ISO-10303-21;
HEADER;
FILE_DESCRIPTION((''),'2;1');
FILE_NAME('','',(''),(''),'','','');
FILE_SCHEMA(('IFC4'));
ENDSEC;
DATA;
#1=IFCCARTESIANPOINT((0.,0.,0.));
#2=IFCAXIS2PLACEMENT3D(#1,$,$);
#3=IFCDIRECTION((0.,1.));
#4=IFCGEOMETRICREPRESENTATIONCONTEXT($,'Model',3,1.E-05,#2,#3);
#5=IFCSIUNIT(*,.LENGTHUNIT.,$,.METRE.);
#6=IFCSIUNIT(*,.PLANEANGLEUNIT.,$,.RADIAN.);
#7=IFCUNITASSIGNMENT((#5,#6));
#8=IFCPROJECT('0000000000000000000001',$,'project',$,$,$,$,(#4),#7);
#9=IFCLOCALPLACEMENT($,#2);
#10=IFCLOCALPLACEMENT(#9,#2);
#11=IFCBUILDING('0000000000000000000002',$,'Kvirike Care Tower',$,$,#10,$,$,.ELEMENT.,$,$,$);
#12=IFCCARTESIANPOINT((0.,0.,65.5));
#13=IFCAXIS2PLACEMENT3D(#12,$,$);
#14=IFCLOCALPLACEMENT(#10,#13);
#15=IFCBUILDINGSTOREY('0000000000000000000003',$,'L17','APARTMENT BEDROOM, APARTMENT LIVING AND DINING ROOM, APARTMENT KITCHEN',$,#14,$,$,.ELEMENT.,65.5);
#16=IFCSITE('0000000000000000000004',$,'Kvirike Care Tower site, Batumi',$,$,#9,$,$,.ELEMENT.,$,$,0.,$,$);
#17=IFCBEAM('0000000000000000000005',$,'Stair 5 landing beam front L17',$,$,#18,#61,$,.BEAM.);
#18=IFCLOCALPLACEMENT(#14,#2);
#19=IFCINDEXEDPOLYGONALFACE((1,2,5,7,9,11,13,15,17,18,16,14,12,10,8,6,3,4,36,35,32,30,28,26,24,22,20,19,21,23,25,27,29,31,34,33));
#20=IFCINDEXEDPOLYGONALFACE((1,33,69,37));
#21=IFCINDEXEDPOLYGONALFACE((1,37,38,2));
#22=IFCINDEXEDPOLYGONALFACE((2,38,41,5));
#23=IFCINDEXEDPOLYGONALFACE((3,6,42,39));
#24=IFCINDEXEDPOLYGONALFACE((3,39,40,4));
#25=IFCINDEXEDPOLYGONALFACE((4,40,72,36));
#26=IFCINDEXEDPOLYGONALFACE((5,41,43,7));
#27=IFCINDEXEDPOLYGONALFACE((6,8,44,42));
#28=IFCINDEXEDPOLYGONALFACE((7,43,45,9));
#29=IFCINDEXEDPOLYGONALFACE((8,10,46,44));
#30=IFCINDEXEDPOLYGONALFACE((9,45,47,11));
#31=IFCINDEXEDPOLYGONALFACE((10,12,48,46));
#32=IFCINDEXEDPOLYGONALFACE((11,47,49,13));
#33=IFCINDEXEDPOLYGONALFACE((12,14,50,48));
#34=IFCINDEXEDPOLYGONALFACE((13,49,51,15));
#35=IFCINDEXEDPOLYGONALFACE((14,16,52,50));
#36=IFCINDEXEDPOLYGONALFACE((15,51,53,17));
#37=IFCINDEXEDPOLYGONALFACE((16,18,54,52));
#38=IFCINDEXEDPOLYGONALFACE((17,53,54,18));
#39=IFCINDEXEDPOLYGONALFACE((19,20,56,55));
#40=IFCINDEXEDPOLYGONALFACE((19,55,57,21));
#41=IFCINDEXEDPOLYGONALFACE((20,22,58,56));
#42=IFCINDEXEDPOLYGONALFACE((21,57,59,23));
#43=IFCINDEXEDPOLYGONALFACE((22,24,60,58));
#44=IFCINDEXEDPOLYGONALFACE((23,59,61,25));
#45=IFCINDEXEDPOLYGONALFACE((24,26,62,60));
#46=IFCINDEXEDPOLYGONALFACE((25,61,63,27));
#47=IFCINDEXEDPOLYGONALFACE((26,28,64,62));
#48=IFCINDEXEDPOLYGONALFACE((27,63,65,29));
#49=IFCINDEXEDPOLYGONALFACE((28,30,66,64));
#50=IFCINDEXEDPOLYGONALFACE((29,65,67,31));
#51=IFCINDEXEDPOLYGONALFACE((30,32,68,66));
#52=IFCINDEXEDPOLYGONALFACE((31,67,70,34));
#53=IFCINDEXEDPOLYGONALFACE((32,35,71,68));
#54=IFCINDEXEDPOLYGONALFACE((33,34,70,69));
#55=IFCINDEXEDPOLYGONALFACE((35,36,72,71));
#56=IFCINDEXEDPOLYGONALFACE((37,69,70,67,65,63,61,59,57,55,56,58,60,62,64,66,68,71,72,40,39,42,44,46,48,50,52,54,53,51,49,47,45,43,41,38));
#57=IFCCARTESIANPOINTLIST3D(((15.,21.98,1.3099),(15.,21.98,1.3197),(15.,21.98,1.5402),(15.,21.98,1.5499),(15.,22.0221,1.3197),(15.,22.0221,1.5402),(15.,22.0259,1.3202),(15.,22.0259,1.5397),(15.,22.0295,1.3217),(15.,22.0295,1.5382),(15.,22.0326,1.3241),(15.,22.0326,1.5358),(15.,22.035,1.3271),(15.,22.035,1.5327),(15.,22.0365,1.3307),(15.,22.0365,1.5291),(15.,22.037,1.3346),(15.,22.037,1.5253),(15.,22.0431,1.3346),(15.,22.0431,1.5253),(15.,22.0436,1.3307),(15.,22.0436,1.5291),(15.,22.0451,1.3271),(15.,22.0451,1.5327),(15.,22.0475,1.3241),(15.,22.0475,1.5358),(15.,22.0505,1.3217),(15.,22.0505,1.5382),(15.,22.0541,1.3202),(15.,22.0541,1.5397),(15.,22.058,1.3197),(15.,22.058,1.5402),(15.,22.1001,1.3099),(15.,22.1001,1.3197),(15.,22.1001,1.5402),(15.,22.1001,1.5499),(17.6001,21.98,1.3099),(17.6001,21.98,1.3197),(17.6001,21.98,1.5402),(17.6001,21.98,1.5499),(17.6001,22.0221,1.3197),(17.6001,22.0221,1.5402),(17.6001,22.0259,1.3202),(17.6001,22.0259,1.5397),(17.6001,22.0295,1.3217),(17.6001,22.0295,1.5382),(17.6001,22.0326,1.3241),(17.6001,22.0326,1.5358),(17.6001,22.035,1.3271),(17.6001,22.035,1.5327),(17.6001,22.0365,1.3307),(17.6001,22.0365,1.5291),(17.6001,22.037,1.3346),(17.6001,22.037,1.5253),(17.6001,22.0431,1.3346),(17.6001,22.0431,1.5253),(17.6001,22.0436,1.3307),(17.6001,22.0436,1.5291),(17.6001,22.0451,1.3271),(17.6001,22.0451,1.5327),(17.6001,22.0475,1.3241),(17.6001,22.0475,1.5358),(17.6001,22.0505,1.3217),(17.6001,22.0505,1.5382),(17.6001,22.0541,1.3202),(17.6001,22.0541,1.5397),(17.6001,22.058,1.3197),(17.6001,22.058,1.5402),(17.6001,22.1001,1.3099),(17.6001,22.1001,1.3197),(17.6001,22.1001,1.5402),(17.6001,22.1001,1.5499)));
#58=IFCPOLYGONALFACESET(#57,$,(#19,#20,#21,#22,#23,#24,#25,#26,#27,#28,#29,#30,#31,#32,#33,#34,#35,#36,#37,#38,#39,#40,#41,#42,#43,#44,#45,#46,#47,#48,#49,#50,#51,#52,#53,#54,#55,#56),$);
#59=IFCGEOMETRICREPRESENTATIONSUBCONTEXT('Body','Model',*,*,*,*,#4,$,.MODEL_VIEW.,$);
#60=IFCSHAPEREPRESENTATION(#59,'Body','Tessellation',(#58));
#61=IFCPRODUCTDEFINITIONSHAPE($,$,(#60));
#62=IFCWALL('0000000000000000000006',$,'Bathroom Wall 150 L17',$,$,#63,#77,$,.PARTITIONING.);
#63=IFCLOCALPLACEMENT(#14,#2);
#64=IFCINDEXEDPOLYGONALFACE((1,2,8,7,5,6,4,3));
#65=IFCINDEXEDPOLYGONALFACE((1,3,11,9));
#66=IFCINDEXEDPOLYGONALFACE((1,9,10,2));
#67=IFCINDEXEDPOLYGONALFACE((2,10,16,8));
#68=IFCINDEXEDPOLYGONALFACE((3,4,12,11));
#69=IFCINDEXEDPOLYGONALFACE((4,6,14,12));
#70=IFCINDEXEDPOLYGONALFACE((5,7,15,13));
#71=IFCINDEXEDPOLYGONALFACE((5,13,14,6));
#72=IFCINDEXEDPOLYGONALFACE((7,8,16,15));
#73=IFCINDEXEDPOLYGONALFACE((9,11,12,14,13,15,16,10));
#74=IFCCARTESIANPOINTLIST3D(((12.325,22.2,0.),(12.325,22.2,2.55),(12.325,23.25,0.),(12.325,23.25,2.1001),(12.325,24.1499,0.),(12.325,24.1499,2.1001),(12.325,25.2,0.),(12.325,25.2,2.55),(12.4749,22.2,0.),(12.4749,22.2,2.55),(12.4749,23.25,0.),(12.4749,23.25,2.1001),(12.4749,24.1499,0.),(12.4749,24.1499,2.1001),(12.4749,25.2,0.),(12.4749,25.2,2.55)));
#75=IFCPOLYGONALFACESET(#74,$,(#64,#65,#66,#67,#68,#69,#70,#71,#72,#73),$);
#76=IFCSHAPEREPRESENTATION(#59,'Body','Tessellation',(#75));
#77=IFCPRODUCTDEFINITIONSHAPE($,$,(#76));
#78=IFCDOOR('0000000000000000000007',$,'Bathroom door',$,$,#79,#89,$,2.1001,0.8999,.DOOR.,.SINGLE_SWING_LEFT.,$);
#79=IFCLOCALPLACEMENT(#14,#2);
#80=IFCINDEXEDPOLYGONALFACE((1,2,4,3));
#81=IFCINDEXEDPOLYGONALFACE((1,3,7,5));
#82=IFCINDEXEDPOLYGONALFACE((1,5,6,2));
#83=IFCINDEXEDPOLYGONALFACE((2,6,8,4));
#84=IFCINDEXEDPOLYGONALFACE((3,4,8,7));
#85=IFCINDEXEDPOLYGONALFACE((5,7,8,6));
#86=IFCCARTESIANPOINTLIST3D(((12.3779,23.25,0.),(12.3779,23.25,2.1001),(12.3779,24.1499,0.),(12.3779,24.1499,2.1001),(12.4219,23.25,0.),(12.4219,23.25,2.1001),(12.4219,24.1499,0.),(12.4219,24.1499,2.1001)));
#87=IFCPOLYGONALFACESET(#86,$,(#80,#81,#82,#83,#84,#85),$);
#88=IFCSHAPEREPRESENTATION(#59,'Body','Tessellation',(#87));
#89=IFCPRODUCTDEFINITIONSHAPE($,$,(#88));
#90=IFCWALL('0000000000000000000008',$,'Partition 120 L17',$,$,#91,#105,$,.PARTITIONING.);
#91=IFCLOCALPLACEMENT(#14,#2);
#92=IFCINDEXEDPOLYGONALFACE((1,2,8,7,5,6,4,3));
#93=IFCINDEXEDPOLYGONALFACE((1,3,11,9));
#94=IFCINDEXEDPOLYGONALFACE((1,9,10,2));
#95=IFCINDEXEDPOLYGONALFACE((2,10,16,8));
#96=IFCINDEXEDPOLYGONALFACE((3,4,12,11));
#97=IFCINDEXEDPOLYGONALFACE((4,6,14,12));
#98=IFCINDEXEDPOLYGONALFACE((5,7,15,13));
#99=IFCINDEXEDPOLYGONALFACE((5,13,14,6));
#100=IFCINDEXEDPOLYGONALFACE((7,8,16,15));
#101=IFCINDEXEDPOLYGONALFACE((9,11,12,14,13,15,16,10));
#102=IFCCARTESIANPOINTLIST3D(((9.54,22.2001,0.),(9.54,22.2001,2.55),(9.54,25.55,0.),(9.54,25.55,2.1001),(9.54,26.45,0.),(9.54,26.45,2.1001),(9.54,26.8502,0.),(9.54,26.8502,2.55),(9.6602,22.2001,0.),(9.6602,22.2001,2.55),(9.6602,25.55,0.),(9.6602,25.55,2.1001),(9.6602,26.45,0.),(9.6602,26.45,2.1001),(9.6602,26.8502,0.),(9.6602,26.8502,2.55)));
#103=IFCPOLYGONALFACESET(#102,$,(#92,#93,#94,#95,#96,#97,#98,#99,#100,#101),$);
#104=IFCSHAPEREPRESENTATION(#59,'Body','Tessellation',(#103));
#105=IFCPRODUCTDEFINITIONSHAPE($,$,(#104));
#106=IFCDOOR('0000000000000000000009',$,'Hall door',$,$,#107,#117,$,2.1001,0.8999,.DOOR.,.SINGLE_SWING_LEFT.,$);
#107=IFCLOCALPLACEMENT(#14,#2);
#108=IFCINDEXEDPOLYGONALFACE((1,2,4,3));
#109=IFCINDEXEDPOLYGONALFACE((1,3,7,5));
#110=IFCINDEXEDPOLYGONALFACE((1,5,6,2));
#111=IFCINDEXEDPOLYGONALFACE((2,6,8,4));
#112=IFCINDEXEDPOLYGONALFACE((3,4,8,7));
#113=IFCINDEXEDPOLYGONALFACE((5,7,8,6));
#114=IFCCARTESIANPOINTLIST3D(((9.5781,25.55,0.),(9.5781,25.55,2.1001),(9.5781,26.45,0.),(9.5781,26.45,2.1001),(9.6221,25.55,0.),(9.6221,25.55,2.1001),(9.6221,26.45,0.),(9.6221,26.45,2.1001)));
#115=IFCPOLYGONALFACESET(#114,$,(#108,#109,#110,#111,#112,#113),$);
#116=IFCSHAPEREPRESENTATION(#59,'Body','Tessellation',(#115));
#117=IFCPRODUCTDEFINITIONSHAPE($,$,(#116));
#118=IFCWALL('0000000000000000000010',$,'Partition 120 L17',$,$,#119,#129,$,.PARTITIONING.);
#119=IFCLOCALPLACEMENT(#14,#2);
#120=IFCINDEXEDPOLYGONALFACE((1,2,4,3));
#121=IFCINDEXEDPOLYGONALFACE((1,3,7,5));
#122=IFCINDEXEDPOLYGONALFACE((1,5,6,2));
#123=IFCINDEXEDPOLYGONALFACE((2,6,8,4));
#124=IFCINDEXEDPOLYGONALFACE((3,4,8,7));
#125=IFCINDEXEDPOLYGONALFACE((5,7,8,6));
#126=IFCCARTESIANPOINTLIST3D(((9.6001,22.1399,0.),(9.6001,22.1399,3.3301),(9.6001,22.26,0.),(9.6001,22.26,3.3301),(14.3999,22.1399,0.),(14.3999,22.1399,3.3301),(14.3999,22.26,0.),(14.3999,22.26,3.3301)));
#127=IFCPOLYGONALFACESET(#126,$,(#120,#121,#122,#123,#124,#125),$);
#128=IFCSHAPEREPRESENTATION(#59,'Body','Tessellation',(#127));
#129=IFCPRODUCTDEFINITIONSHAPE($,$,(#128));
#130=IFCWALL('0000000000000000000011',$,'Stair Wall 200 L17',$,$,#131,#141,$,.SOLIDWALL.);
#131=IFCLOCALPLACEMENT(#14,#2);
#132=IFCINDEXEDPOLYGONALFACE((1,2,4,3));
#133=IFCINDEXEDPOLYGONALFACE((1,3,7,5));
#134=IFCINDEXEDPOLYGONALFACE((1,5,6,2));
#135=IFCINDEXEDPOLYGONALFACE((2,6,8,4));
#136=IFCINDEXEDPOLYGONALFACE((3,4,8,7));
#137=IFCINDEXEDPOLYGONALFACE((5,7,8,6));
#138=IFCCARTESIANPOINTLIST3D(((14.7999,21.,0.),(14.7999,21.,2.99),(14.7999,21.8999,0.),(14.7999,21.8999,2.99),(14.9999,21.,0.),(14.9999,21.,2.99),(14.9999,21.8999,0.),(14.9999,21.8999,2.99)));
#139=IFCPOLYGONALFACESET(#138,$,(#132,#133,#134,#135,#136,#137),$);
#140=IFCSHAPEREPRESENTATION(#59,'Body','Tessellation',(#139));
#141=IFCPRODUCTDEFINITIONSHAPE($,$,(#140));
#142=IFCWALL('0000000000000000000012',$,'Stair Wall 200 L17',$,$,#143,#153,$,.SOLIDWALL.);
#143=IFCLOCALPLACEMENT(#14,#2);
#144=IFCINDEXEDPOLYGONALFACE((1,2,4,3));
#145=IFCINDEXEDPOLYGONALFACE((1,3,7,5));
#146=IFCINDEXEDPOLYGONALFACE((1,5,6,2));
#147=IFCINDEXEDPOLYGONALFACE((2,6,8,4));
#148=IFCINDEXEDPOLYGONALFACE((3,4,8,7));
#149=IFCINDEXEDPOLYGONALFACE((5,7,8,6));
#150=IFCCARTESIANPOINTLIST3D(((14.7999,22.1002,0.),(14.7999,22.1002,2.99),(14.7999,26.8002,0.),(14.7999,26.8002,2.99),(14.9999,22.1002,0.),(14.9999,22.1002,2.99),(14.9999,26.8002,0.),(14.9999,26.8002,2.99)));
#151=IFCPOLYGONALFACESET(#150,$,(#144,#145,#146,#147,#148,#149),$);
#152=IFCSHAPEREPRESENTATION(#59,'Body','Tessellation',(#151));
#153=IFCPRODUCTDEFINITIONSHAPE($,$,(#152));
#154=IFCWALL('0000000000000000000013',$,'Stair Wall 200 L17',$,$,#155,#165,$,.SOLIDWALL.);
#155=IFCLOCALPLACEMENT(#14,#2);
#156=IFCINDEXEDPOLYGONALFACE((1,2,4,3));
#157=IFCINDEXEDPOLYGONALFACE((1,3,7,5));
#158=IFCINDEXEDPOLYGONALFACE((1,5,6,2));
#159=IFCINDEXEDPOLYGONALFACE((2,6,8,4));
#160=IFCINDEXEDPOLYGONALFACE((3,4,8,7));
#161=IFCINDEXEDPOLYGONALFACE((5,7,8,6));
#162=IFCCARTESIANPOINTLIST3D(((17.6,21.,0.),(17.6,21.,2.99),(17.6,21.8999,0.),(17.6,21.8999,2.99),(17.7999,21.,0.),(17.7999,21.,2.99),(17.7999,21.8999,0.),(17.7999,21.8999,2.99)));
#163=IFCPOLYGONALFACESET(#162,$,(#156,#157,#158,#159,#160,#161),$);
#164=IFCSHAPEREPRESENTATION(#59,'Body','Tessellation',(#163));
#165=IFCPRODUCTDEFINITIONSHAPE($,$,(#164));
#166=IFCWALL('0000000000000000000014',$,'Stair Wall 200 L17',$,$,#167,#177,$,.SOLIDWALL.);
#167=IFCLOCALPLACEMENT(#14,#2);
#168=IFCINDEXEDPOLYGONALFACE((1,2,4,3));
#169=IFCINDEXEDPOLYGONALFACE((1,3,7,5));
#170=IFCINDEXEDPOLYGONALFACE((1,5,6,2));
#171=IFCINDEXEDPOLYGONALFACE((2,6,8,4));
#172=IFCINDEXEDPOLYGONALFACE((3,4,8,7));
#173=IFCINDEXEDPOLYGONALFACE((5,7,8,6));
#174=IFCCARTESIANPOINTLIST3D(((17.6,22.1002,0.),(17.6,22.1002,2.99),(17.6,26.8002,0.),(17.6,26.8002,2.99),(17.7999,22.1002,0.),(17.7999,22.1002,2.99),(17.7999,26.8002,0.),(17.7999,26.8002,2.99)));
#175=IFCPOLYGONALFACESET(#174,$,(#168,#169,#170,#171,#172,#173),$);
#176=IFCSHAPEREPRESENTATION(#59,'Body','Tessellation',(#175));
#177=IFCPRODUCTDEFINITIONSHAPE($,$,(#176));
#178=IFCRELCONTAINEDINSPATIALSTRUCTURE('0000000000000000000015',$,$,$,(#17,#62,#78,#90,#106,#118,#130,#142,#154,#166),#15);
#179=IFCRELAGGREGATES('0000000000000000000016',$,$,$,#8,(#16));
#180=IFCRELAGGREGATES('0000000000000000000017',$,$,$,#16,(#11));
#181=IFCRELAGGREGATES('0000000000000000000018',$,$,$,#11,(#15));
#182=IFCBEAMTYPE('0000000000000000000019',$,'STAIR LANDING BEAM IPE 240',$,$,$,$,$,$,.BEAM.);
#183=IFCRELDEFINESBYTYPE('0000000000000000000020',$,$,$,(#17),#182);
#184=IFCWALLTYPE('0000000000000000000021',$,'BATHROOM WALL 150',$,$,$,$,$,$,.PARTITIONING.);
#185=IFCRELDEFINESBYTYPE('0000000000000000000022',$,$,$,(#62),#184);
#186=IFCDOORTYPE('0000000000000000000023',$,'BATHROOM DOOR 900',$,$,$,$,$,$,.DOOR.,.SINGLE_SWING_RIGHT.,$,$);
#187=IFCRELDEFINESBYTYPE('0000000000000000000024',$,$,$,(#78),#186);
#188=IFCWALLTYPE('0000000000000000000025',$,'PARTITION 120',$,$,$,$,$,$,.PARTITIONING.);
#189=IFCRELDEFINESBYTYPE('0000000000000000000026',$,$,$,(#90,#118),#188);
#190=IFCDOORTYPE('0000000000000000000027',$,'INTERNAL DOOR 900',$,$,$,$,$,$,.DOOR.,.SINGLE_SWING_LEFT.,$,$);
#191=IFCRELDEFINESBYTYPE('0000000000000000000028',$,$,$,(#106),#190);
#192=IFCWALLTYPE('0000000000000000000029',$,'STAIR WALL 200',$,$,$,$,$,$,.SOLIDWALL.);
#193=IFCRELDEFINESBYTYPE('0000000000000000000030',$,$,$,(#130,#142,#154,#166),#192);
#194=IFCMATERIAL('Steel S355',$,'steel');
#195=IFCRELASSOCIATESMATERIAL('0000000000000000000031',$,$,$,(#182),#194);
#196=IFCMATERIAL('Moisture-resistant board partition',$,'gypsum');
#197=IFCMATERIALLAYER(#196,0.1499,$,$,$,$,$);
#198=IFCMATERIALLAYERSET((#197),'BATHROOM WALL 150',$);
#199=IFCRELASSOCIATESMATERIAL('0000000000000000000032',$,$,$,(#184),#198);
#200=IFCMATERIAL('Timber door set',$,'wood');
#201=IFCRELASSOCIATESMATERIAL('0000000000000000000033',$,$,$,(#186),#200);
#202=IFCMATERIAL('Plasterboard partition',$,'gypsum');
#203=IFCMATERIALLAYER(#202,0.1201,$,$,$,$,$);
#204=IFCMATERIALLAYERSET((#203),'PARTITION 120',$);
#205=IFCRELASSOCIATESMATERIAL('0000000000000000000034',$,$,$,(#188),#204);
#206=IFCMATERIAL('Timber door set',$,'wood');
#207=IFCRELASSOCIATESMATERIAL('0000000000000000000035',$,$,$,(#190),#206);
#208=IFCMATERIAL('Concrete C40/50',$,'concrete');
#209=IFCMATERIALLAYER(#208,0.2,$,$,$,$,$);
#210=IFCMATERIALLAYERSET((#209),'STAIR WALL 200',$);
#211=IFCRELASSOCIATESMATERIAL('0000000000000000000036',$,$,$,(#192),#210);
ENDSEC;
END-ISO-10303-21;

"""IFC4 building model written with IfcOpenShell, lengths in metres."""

from ifc_helpers import new_model, si_unit, direction, frame, frame_2d, origin, origin_2d, place, context, subcontext, project, spatial, rectangle, i_section, extrude, material, layer, layer_set, material_profile, profile_set, type_object, element, fill, save


model = new_model("IFC4")

# Units and contexts
model_context = context("Model", 3, precision=1e-05, world=origin(), true_north=direction((0.0, 1.0)))
body_context = subcontext(model_context, "Body", "Model", "MODEL_VIEW")
ifc_project = project(units=[si_unit("LENGTHUNIT", "METRE"), si_unit("PLANEANGLEUNIT", "RADIAN")], contexts=[model_context])

# Site, building, storey
site_placement = place(None, origin())
site = spatial("IfcSite", under=ifc_project, at=site_placement, Name="Kvirike Care Tower site, Batumi", CompositionType="ELEMENT", RefElevation=0.0)
building_placement = place(site_placement, origin())
building = spatial("IfcBuilding", under=site, at=building_placement, Name="Kvirike Care Tower", CompositionType="ELEMENT")
storey_placement = place(building_placement, frame((0.0, 0.0, 65.5)))
storey = spatial("IfcBuildingStorey", under=building, at=storey_placement, Name="L17", Description="APARTMENT BEDROOM, APARTMENT LIVING AND DINING ROOM, APARTMENT KITCHEN", CompositionType="ELEMENT", Elevation=65.5)

# Beam
ifc_material_1 = material(Name="Steel S355", Category="steel")
ifc_material_profile_1 = material_profile(ifc_material_1, i_section(OverallWidth=0.1201, OverallDepth=0.24, WebThickness=0.0061, FlangeThickness=0.0098, FilletRadius=0.0149, at=origin_2d()), Name="IPE 240")
ifc_profile_set_1 = profile_set([ifc_material_profile_1], Name="Steel S355")
beam_type_1 = type_object("IfcBeamType", Name="STAIR LANDING BEAM IPE 240", PredefinedType="BEAM", material=ifc_profile_set_1)
for number, where, z_axis, x_axis, name in (
    (1, (15.0, 22.04, 1.4299), (1.0, 0.0, 0.0), (0.0, 1.0, 0.0), "Stair 5 landing beam front L17"),
):
    element("IfcBeam", number, at=place(storey_placement, frame(where, z_axis=z_axis, x_axis=x_axis)), inside=storey, type_object=beam_type_1, Name=name, PredefinedType="BEAM", context=body_context, shape_type="SweptSolid", body=[
        extrude(i_section(OverallWidth=0.1201, OverallDepth=0.24, WebThickness=0.0061, FlangeThickness=0.0098, FilletRadius=0.0149, at=origin_2d()), origin(), (0.0, 0.0, 1.0), 2.6001),
    ])

# Walls, openings, doors
ifc_material_2 = material(Name="Moisture-resistant board partition", Category="gypsum")
ifc_layer_1 = layer(ifc_material_2, 0.1499)
ifc_layer_set_1 = layer_set([ifc_layer_1], Name="BATHROOM WALL 150")
wall_type_1 = type_object("IfcWallType", Name="BATHROOM WALL 150", PredefinedType="PARTITIONING", material=ifc_layer_set_1)
wall_1_placement = place(storey_placement, frame((12.3999, 22.2, 0.0), z_axis=(0.0, 0.0, 1.0), x_axis=(0.0, 1.0, 0.0)))
wall_1 = element("IfcWall", 2, at=wall_1_placement, inside=storey, type_object=wall_type_1, Name="Bathroom Wall 150 L17", PredefinedType="PARTITIONING", context=body_context, shape_type="SweptSolid", body=[
    extrude(rectangle(XDim=3.0, YDim=0.1499, at=frame_2d((1.5, 0.0))), origin(), (0.0, 0.0, 1.0), 2.55),
])
opening_1_placement = place(wall_1_placement, frame((1.05, 0.0, 0.0)))
opening_1 = element("IfcOpeningElement", 3, at=opening_1_placement, cuts=wall_1, PredefinedType="OPENING", context=body_context, shape_type="SweptSolid", body=[
    extrude(rectangle(XDim=0.8999, YDim=2.1001, at=frame_2d((0.45, 1.05))), frame((0.0, 0.0854, 0.0), z_axis=(0.0, -1.0, 0.0), x_axis=(1.0, 0.0, 0.0)), (0.0, 0.0, 1.0), 0.1709),
])
ifc_material_3 = material(Name="Timber door set", Category="wood")
door_type_1 = type_object("IfcDoorType", Name="BATHROOM DOOR 900", OperationType="SINGLE_SWING_RIGHT", PredefinedType="DOOR", material=ifc_material_3)
door_1_placement = place(opening_1_placement, origin())
door_1 = element("IfcDoor", 4, at=door_1_placement, inside=storey, type_object=door_type_1, Name="Bathroom door", OperationType="SINGLE_SWING_LEFT", OverallHeight=2.1001, OverallWidth=0.8999, PredefinedType="DOOR", context=body_context, shape_type="SweptSolid", body=[
    extrude(rectangle(XDim=0.8999, YDim=2.1001, at=frame_2d((0.45, 1.05))), frame((0.0, 0.022, 0.0), z_axis=(0.0, -1.0, 0.0), x_axis=(1.0, 0.0, 0.0)), (0.0, 0.0, 1.0), 0.0439),
])
fill(opening_1, door_1)
ifc_material_4 = material(Name="Plasterboard partition", Category="gypsum")
ifc_layer_2 = layer(ifc_material_4, 0.1201)
ifc_layer_set_2 = layer_set([ifc_layer_2], Name="PARTITION 120")
wall_type_2 = type_object("IfcWallType", Name="PARTITION 120", PredefinedType="PARTITIONING", material=ifc_layer_set_2)
wall_2_placement = place(storey_placement, frame((9.6001, 22.2, 0.0), z_axis=(0.0, 0.0, 1.0), x_axis=(0.0, 1.0, 0.0)))
wall_2 = element("IfcWall", 5, at=wall_2_placement, inside=storey, type_object=wall_type_2, Name="Partition 120 L17", PredefinedType="PARTITIONING", context=body_context, shape_type="SweptSolid", body=[
    extrude(rectangle(XDim=4.6501, YDim=0.1201, at=frame_2d((2.3252, 0.0))), origin(), (0.0, 0.0, 1.0), 2.55),
])
opening_2_placement = place(wall_2_placement, frame((3.3501, 0.0, 0.0)))
opening_2 = element("IfcOpeningElement", 6, at=opening_2_placement, cuts=wall_2, PredefinedType="OPENING", context=body_context, shape_type="SweptSolid", body=[
    extrude(rectangle(XDim=0.8999, YDim=2.1001, at=frame_2d((0.45, 1.05))), frame((0.0, 0.0706, 0.0), z_axis=(0.0, -1.0, 0.0), x_axis=(1.0, 0.0, 0.0)), (0.0, 0.0, 1.0), 0.1411),
])
ifc_material_5 = material(Name="Timber door set", Category="wood")
door_type_2 = type_object("IfcDoorType", Name="INTERNAL DOOR 900", OperationType="SINGLE_SWING_LEFT", PredefinedType="DOOR", material=ifc_material_5)
door_2_placement = place(opening_2_placement, frame((0.8999, 0.0, 0.0), z_axis=(0.0, 0.0, 1.0), x_axis=(-1.0, 0.0, 0.0)))
door_2 = element("IfcDoor", 7, at=door_2_placement, inside=storey, type_object=door_type_2, Name="Hall door", OperationType="SINGLE_SWING_LEFT", OverallHeight=2.1001, OverallWidth=0.8999, PredefinedType="DOOR", context=body_context, shape_type="SweptSolid", body=[
    extrude(rectangle(XDim=0.8999, YDim=2.1001, at=frame_2d((0.45, 1.05))), frame((0.0, 0.022, 0.0), z_axis=(0.0, -1.0, 0.0), x_axis=(1.0, 0.0, 0.0)), (0.0, 0.0, 1.0), 0.0439),
])
fill(opening_2, door_2)

# Walls
wall_3_placement = place(storey_placement, frame((9.6001, 22.2, 0.0), z_axis=(0.0, 0.0, 1.0), x_axis=(1.0, 0.0, 0.0)))
element("IfcWall", 8, at=wall_3_placement, inside=storey, type_object=wall_type_2, Name="Partition 120 L17", PredefinedType="PARTITIONING", context=body_context, shape_type="SweptSolid", body=[
    extrude(rectangle(XDim=4.7998, YDim=0.1201, at=frame_2d((2.3999, 0.0))), origin(), (0.0, 0.0, 1.0), 3.3301),
])
ifc_material_6 = material(Name="Concrete C40/50", Category="concrete")
ifc_layer_3 = layer(ifc_material_6, 0.2)
ifc_layer_set_3 = layer_set([ifc_layer_3], Name="STAIR WALL 200")
wall_type_3 = type_object("IfcWallType", Name="STAIR WALL 200", PredefinedType="SOLIDWALL", material=ifc_layer_set_3)
wall_4_placement = place(storey_placement, frame((14.8999, 21.0, 0.0), z_axis=(0.0, 0.0, 1.0), x_axis=(0.0, 1.0, 0.0)))
element("IfcWall", 9, at=wall_4_placement, inside=storey, type_object=wall_type_3, Name="Stair Wall 200 L17", PredefinedType="SOLIDWALL", context=body_context, shape_type="SweptSolid", body=[
    extrude(rectangle(XDim=0.8999, YDim=0.2, at=frame_2d((0.45, 0.0))), origin(), (0.0, 0.0, 1.0), 2.99),
])
wall_5_placement = place(storey_placement, frame((14.8999, 22.1001, 0.0), z_axis=(0.0, 0.0, 1.0), x_axis=(0.0, 1.0, 0.0)))
element("IfcWall", 10, at=wall_5_placement, inside=storey, type_object=wall_type_3, Name="Stair Wall 200 L17", PredefinedType="SOLIDWALL", context=body_context, shape_type="SweptSolid", body=[
    extrude(rectangle(XDim=4.7, YDim=0.2, at=frame_2d((2.3501, 0.0))), origin(), (0.0, 0.0, 1.0), 2.99),
])
wall_6_placement = place(storey_placement, frame((17.7, 21.0, 0.0), z_axis=(0.0, 0.0, 1.0), x_axis=(0.0, 1.0, 0.0)))
element("IfcWall", 11, at=wall_6_placement, inside=storey, type_object=wall_type_3, Name="Stair Wall 200 L17", PredefinedType="SOLIDWALL", context=body_context, shape_type="SweptSolid", body=[
    extrude(rectangle(XDim=0.8999, YDim=0.2, at=frame_2d((0.45, 0.0))), origin(), (0.0, 0.0, 1.0), 2.99),
])
wall_7_placement = place(storey_placement, frame((17.7, 22.1001, 0.0), z_axis=(0.0, 0.0, 1.0), x_axis=(0.0, 1.0, 0.0)))
element("IfcWall", 12, at=wall_7_placement, inside=storey, type_object=wall_type_3, Name="Stair Wall 200 L17", PredefinedType="SOLIDWALL", context=body_context, shape_type="SweptSolid", body=[
    extrude(rectangle(XDim=4.7, YDim=0.2, at=frame_2d((2.3501, 0.0))), origin(), (0.0, 0.0, 1.0), 2.99),
])

save(model, "model.ifc")
